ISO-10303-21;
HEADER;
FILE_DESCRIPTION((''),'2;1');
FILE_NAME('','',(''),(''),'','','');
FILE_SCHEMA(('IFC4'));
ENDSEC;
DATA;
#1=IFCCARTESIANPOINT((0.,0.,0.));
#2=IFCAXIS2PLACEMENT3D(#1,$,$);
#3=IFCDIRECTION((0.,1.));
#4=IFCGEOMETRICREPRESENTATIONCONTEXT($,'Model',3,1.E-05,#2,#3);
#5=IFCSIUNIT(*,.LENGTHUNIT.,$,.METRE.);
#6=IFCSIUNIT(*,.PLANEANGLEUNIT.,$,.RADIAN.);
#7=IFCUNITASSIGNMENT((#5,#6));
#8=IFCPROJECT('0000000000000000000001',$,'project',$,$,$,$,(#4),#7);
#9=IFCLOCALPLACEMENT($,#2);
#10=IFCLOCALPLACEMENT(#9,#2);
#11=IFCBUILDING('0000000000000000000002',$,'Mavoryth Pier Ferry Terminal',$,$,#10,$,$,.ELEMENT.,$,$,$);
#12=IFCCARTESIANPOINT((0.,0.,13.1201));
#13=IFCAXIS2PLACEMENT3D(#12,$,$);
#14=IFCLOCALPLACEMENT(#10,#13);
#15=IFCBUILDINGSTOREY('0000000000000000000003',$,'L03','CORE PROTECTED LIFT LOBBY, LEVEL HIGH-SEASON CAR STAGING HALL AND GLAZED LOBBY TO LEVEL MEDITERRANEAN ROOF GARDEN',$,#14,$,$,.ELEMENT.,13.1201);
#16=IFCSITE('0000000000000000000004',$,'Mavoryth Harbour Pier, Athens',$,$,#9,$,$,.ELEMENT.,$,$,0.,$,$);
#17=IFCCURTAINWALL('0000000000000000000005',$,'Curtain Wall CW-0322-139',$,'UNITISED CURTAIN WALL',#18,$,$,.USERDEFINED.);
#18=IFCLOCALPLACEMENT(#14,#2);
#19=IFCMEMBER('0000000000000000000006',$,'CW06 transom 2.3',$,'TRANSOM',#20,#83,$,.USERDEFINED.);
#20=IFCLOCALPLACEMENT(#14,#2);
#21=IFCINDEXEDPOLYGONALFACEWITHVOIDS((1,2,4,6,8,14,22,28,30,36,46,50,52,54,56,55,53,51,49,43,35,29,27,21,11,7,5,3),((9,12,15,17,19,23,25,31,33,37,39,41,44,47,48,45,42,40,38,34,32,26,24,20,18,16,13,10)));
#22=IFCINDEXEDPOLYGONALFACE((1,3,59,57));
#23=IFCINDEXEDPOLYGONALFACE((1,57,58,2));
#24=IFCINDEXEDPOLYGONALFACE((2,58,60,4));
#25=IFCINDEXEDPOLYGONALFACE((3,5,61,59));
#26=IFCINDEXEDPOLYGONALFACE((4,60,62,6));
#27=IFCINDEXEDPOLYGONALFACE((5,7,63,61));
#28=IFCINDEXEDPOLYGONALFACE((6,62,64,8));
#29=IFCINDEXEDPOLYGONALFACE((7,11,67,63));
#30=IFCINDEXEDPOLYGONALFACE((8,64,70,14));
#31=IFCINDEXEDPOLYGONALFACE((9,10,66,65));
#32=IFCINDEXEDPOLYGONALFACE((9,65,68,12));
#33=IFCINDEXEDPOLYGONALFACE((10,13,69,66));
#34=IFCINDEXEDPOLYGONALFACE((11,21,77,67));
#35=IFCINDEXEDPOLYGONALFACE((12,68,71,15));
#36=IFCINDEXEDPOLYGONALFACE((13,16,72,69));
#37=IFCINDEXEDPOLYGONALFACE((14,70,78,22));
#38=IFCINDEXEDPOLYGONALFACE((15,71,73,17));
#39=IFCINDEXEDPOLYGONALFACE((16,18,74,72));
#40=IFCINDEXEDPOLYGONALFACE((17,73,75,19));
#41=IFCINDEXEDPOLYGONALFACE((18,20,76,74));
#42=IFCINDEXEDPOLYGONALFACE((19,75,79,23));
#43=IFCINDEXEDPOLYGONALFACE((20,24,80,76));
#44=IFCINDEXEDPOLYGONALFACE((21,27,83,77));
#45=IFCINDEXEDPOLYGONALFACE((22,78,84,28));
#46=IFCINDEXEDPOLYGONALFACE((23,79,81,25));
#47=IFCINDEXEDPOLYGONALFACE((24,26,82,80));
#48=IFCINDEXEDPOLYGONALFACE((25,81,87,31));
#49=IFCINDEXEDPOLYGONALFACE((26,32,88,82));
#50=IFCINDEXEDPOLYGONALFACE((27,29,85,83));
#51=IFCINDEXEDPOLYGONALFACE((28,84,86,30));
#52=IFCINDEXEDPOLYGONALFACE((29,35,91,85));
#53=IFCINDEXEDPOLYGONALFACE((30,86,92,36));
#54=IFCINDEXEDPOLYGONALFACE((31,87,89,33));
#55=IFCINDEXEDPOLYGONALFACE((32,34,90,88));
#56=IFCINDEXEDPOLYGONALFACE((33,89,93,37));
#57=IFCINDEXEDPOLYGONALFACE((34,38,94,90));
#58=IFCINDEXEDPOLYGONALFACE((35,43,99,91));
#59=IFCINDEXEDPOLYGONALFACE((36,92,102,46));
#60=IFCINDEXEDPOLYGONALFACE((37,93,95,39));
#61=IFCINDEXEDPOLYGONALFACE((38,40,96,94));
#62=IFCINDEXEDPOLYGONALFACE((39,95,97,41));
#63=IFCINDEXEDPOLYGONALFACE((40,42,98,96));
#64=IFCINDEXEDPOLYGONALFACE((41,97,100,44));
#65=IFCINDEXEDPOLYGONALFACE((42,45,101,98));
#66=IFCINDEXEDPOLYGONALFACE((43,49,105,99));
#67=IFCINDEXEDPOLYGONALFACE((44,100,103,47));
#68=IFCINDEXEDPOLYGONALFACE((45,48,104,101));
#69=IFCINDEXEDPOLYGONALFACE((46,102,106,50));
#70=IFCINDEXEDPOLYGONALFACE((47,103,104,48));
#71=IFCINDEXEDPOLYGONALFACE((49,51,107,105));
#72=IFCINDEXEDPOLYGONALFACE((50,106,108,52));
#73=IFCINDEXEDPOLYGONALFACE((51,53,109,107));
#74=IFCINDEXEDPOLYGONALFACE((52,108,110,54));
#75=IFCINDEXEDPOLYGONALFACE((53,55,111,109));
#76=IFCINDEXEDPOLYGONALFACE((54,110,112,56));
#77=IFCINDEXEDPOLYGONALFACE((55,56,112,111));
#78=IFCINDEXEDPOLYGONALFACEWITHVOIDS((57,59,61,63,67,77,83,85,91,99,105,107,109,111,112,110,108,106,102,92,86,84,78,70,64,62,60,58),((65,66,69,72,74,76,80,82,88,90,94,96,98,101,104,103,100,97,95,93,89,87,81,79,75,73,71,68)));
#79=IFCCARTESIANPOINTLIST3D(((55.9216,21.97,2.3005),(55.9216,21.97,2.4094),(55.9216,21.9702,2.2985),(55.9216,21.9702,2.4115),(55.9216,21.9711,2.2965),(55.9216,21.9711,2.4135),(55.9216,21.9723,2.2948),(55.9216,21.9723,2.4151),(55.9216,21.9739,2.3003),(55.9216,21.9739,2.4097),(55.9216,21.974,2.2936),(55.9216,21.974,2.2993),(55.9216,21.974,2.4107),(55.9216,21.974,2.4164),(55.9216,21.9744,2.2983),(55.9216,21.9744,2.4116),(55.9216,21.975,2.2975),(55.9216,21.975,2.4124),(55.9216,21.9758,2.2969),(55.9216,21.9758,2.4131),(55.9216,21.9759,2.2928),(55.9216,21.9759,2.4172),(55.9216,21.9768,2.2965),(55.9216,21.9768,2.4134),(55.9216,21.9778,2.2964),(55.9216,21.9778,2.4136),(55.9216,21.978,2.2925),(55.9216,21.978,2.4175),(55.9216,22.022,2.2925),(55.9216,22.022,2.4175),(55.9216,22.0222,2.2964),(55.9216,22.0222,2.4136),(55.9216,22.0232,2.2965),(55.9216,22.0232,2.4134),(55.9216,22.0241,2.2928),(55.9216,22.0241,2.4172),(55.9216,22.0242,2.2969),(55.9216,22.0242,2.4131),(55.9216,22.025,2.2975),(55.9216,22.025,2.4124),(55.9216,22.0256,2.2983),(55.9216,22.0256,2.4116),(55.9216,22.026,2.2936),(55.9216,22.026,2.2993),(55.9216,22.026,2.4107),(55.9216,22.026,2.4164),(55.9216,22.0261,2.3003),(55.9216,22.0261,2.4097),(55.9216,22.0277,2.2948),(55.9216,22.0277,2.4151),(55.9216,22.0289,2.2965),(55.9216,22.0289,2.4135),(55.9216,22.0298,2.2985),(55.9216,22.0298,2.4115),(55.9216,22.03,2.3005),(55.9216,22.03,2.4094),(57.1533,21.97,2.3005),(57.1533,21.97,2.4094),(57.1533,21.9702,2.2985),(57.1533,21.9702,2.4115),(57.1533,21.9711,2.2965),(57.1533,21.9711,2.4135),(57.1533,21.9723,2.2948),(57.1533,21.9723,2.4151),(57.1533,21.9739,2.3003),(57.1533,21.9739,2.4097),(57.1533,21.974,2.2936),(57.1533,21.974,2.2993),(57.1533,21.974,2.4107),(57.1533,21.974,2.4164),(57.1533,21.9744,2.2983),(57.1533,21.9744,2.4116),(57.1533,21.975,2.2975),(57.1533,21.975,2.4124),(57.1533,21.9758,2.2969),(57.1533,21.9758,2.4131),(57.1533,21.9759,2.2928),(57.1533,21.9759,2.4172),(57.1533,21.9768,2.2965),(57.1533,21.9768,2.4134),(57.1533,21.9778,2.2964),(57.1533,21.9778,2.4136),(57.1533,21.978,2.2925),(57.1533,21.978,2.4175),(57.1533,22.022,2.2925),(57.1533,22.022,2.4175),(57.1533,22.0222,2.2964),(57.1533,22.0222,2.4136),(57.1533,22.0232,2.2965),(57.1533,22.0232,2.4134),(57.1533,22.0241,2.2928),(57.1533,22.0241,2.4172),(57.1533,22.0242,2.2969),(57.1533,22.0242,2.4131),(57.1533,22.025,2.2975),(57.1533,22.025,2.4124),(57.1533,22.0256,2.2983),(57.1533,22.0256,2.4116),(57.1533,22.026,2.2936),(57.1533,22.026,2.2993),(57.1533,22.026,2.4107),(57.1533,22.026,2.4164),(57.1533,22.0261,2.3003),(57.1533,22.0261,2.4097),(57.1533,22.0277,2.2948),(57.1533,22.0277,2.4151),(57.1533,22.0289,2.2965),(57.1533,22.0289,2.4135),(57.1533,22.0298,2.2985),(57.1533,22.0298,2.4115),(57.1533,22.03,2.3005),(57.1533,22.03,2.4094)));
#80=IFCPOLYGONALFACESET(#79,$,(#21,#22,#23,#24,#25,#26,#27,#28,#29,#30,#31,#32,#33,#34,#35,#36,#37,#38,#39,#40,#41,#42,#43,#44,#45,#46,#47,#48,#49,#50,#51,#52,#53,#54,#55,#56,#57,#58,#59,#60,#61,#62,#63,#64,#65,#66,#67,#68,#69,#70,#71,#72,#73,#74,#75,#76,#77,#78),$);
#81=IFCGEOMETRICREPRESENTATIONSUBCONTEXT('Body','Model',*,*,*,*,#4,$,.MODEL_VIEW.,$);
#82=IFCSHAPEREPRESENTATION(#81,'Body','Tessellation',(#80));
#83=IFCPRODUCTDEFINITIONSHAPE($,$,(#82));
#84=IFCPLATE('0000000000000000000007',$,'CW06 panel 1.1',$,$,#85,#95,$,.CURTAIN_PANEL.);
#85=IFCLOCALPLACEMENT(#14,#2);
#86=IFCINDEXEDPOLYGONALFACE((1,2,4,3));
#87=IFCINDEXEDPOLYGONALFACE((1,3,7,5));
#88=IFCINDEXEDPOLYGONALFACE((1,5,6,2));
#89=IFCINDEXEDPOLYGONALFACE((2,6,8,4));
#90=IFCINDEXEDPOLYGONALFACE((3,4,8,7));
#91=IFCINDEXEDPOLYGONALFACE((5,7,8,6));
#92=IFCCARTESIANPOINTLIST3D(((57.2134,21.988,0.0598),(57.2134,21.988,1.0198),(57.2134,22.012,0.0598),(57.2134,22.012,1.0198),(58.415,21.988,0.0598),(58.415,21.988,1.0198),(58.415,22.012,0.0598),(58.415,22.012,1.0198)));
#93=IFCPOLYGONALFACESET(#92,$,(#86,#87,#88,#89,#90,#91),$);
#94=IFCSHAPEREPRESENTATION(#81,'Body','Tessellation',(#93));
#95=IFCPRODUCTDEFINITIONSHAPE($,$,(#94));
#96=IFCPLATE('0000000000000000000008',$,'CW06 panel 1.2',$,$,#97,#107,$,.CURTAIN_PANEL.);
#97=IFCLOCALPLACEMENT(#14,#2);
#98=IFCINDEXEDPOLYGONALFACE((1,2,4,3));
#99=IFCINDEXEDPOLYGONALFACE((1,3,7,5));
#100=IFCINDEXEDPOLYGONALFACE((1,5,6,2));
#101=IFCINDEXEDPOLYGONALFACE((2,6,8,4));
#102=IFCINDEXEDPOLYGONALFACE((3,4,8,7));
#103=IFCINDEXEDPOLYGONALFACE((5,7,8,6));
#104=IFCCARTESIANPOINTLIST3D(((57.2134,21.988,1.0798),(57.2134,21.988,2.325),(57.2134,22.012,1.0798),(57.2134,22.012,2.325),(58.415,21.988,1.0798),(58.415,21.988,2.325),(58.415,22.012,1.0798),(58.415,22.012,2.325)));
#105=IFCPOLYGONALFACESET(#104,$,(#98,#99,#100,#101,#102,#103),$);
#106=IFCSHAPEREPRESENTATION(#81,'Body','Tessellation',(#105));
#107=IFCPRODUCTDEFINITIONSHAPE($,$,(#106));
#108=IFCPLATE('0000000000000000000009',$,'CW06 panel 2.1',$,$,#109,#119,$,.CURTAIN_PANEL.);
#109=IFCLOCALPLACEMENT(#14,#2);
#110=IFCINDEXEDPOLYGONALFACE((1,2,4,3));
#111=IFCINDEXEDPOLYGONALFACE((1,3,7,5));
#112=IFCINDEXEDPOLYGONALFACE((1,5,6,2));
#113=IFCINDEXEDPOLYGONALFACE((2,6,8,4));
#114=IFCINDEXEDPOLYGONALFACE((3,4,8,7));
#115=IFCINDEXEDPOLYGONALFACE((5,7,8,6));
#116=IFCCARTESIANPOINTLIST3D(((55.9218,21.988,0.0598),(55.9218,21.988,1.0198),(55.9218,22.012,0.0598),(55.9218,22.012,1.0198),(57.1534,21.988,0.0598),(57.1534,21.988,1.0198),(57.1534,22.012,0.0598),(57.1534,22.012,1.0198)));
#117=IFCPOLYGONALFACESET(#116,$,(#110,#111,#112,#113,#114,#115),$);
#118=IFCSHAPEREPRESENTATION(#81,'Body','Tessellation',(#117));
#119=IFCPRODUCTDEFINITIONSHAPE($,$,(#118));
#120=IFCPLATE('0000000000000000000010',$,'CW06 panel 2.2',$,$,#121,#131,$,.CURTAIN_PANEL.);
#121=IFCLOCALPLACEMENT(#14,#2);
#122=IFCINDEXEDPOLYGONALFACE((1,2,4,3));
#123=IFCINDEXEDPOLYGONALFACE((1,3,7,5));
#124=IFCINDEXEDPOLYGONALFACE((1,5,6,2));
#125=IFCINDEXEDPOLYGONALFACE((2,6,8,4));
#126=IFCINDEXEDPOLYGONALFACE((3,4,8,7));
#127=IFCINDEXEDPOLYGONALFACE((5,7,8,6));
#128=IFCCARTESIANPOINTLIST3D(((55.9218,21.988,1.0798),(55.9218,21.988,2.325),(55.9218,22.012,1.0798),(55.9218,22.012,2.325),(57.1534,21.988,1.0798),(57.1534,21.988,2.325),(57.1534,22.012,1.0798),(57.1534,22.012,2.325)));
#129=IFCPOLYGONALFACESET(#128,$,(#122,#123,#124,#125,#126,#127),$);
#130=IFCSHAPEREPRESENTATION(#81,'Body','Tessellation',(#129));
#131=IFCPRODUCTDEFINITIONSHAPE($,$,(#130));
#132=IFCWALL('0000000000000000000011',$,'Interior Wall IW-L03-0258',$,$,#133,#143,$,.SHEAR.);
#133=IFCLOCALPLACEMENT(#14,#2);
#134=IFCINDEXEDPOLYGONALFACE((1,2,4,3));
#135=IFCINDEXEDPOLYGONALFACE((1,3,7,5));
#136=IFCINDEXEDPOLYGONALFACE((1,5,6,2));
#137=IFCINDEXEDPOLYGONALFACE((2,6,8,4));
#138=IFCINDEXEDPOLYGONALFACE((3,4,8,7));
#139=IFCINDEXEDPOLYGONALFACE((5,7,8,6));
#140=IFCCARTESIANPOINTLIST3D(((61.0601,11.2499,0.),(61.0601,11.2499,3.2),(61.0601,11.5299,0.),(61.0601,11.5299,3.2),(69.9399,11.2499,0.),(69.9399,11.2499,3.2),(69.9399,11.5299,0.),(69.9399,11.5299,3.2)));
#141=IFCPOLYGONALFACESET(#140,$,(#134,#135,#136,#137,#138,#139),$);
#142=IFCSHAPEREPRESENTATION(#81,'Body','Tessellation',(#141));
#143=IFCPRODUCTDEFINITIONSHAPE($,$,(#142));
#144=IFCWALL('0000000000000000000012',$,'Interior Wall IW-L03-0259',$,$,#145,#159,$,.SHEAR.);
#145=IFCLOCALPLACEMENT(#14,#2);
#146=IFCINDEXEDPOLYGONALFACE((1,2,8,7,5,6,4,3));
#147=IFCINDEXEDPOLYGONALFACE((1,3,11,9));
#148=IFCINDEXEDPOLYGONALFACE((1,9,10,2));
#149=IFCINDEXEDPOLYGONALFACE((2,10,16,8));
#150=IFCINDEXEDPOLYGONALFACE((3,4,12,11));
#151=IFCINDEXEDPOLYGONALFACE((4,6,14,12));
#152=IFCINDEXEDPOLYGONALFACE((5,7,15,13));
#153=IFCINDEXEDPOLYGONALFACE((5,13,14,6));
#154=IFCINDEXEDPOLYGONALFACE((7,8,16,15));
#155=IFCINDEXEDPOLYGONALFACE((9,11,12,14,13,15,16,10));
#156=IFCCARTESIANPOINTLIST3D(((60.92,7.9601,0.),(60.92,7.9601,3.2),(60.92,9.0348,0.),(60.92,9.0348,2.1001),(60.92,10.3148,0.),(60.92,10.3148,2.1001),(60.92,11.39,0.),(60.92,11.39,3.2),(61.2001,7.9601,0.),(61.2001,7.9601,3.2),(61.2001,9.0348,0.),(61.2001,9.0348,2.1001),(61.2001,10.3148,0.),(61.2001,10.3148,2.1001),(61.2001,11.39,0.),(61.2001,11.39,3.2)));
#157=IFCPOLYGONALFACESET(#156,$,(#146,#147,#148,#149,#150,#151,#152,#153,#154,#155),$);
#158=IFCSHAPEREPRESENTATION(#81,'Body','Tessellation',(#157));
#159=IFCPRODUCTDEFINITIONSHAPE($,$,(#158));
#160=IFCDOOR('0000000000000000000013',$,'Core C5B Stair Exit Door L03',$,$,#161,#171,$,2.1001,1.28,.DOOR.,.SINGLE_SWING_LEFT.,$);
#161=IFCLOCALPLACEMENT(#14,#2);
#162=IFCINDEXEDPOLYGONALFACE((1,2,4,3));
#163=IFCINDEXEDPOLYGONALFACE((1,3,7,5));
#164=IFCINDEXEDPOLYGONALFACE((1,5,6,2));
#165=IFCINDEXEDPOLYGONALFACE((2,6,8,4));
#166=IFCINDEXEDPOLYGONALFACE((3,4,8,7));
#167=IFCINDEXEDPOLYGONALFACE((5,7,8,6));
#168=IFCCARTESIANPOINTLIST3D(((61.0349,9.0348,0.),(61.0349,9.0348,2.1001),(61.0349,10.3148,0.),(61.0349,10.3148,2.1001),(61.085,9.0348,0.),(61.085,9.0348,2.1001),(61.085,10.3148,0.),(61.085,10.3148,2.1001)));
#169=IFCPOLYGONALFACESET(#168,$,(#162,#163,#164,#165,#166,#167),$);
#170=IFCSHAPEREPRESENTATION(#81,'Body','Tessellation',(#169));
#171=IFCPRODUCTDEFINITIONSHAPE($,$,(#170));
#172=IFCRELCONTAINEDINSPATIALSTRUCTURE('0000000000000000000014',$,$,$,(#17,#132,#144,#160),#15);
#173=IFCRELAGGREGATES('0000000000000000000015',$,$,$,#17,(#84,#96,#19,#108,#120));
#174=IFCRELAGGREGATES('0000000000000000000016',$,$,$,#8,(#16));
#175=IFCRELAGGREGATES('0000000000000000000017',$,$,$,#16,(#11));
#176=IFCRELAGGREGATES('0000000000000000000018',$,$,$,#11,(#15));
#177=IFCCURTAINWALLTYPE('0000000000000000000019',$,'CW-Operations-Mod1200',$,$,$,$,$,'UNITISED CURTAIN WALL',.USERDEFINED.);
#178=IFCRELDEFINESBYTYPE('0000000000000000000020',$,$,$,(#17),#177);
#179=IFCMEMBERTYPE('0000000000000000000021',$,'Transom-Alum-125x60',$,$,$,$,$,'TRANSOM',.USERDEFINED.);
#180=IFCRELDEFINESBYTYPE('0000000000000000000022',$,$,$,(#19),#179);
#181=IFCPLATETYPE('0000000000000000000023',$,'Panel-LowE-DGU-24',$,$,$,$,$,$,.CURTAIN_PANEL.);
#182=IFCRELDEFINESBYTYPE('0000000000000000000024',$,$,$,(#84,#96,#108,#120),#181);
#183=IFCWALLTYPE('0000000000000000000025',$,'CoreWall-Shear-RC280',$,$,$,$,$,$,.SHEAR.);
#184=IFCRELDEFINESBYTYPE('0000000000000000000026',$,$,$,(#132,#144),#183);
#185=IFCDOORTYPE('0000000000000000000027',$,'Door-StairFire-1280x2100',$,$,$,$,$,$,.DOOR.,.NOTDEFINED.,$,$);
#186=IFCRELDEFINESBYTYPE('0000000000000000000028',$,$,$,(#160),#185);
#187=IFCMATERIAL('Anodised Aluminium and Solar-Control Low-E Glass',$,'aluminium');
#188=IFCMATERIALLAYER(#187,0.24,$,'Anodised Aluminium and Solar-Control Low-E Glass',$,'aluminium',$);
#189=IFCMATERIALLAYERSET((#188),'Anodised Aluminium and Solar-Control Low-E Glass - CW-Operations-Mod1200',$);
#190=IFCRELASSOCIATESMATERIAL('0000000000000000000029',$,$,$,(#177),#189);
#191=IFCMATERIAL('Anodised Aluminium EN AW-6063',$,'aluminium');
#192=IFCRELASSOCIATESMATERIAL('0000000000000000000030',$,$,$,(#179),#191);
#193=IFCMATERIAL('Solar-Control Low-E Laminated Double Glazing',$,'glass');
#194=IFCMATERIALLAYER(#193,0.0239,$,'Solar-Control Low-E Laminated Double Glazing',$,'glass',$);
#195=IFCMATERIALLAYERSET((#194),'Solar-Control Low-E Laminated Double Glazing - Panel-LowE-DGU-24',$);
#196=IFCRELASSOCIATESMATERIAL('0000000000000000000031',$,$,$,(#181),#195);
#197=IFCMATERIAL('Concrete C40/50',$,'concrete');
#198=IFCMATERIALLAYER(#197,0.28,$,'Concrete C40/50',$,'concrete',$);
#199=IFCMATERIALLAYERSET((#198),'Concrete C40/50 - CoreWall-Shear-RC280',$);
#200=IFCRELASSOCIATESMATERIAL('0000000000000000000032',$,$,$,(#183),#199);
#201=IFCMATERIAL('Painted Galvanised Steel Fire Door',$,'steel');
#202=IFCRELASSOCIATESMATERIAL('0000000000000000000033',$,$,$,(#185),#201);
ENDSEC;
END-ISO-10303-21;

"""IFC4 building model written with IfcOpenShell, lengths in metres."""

from ifc_helpers import new_model, si_unit, direction, frame, frame_2d, origin, origin_2d, place, context, subcontext, project, spatial, rectangle, hollow_rectangle, extrude, material, layer, layer_set, material_profile, profile_set, type_object, element, fill, aggregate, save


model = new_model("IFC4")

# Units and contexts
model_context = context("Model", 3, precision=1e-05, world=origin(), true_north=direction((0.0, 1.0)))
body_context = subcontext(model_context, "Body", "Model", "MODEL_VIEW")
ifc_project = project(units=[si_unit("LENGTHUNIT", "METRE"), si_unit("PLANEANGLEUNIT", "RADIAN")], contexts=[model_context])

# Site, building, storey
site_placement = place(None, origin())
site = spatial("IfcSite", under=ifc_project, at=site_placement, Name="Mavoryth Harbour Pier, Athens", CompositionType="ELEMENT", RefElevation=0.0)
building_placement = place(site_placement, origin())
building = spatial("IfcBuilding", under=site, at=building_placement, Name="Mavoryth Pier Ferry Terminal", CompositionType="ELEMENT")
storey_placement = place(building_placement, frame((0.0, 0.0, 13.1201)))
storey = spatial("IfcBuildingStorey", under=building, at=storey_placement, Name="L03", Description="CORE PROTECTED LIFT LOBBY, LEVEL HIGH-SEASON CAR STAGING HALL AND GLAZED LOBBY TO LEVEL MEDITERRANEAN ROOF GARDEN", CompositionType="ELEMENT", Elevation=13.1201)

# Shared definitions
ifc_material_1 = material(Name="Concrete C40/50", Category="concrete")

# Curtain wall, member, plates
ifc_material_2 = material(Name="Anodised Aluminium and Solar-Control Low-E Glass", Category="aluminium")
ifc_layer_1 = layer(ifc_material_2, 0.24, Name="Anodised Aluminium and Solar-Control Low-E Glass", Category="aluminium")
ifc_layer_set_1 = layer_set([ifc_layer_1], Name="Anodised Aluminium and Solar-Control Low-E Glass - CW-Operations-Mod1200")
curtain_wall_type = type_object("IfcCurtainWallType", Name="CW-Operations-Mod1200", ElementType="UNITISED CURTAIN WALL", PredefinedType="USERDEFINED", material=ifc_layer_set_1)
curtain_wall_placement = place(storey_placement, origin())
curtain_wall = element("IfcCurtainWall", 1, at=curtain_wall_placement, inside=storey, type_object=curtain_wall_type, Name="Curtain Wall CW-0322-139", ObjectType="UNITISED CURTAIN WALL", PredefinedType="USERDEFINED")
ifc_material_3 = material(Name="Anodised Aluminium EN AW-6063", Category="aluminium")
ifc_material_profile_1 = material_profile(ifc_material_3, hollow_rectangle(XDim=0.0601, YDim=0.125, WallThickness=0.0039, InnerFilletRadius=0.0039, OuterFilletRadius=0.0081, at=origin_2d()), Name="AL-TRAN 125x60x4", Category="aluminium")
ifc_profile_set_1 = profile_set([ifc_material_profile_1], Name="Anodised Aluminium EN AW-6063 - AL-TRAN 125x60x4")
member_type_1 = type_object("IfcMemberType", Name="Transom-Alum-125x60", ElementType="TRANSOM", PredefinedType="USERDEFINED", material=ifc_profile_set_1)
member_1_placement = place(storey_placement, frame((57.1533, 22.0, 2.355), z_axis=(-1.0, 0.0, 0.0), x_axis=(0.0, -1.0, 0.0)))
member_1 = element("IfcMember", 2, at=member_1_placement, type_object=member_type_1, Name="CW06 transom 2.3", ObjectType="TRANSOM", PredefinedType="USERDEFINED", context=body_context, shape_type="SweptSolid", body=[
    extrude(hollow_rectangle(XDim=0.0601, YDim=0.125, WallThickness=0.0039, InnerFilletRadius=0.0039, OuterFilletRadius=0.0081, at=origin_2d()), origin(), (0.0, 0.0, 1.0), 1.2317),
])
ifc_material_4 = material(Name="Solar-Control Low-E Laminated Double Glazing", Category="glass")
ifc_layer_2 = layer(ifc_material_4, 0.0239, Name="Solar-Control Low-E Laminated Double Glazing", Category="glass")
ifc_layer_set_2 = layer_set([ifc_layer_2], Name="Solar-Control Low-E Laminated Double Glazing - Panel-LowE-DGU-24")
plate_type = type_object("IfcPlateType", Name="Panel-LowE-DGU-24", PredefinedType="CURTAIN_PANEL", material=ifc_layer_set_2)
plate_1_placement = place(storey_placement, frame((57.8142, 22.0, 0.0598), z_axis=(0.0, 0.0, 1.0), x_axis=(-1.0, 0.0, 0.0)))
plate_1 = element("IfcPlate", 3, at=plate_1_placement, type_object=plate_type, Name="CW06 panel 1.1", PredefinedType="CURTAIN_PANEL", context=body_context, shape_type="SweptSolid", body=[
    extrude(rectangle(XDim=1.2017, YDim=0.0239, at=origin_2d()), origin(), (0.0, 0.0, 1.0), 0.96),
])
plate_2_placement = place(storey_placement, frame((57.8142, 22.0, 1.0798), z_axis=(0.0, 0.0, 1.0), x_axis=(-1.0, 0.0, 0.0)))
plate_2 = element("IfcPlate", 4, at=plate_2_placement, type_object=plate_type, Name="CW06 panel 1.2", PredefinedType="CURTAIN_PANEL", context=body_context, shape_type="SweptSolid", body=[
    extrude(rectangle(XDim=1.2017, YDim=0.0239, at=origin_2d()), origin(), (0.0, 0.0, 1.0), 1.2451),
])
plate_3_placement = place(storey_placement, frame((56.5376, 22.0, 0.0598), z_axis=(0.0, 0.0, 1.0), x_axis=(-1.0, 0.0, 0.0)))
plate_3 = element("IfcPlate", 5, at=plate_3_placement, type_object=plate_type, Name="CW06 panel 2.1", PredefinedType="CURTAIN_PANEL", context=body_context, shape_type="SweptSolid", body=[
    extrude(rectangle(XDim=1.2317, YDim=0.0239, at=origin_2d()), origin(), (0.0, 0.0, 1.0), 0.96),
])
plate_4_placement = place(storey_placement, frame((56.5376, 22.0, 1.0798), z_axis=(0.0, 0.0, 1.0), x_axis=(-1.0, 0.0, 0.0)))
plate_4 = element("IfcPlate", 6, at=plate_4_placement, type_object=plate_type, Name="CW06 panel 2.2", PredefinedType="CURTAIN_PANEL", context=body_context, shape_type="SweptSolid", body=[
    extrude(rectangle(XDim=1.2317, YDim=0.0239, at=origin_2d()), origin(), (0.0, 0.0, 1.0), 1.2451),
])
aggregate(curtain_wall, [plate_1, plate_2, member_1, plate_3, plate_4])

# Wall
ifc_layer_3 = layer(ifc_material_1, 0.28, Name="Concrete C40/50", Category="concrete")
ifc_layer_set_3 = layer_set([ifc_layer_3], Name="Concrete C40/50 - CoreWall-Shear-RC280")
wall_type_1 = type_object("IfcWallType", Name="CoreWall-Shear-RC280", PredefinedType="SHEAR", material=ifc_layer_set_3)
wall_1_placement = place(storey_placement, frame((61.0601, 11.3899, 0.0), z_axis=(0.0, 0.0, 1.0), x_axis=(1.0, 0.0, 0.0)))
element("IfcWall", 7, at=wall_1_placement, inside=storey, type_object=wall_type_1, Name="Interior Wall IW-L03-0258", PredefinedType="SHEAR", context=body_context, shape_type="SweptSolid", body=[
    extrude(rectangle(XDim=8.8799, YDim=0.28, at=frame_2d((4.4399, 0.0))), origin(), (0.0, 0.0, 1.0), 3.2),
])

# Wall, opening, door
wall_2_placement = place(storey_placement, frame((61.0601, 11.3899, 0.0), z_axis=(0.0, 0.0, 1.0), x_axis=(0.0, -1.0, 0.0)))
wall_2 = element("IfcWall", 8, at=wall_2_placement, inside=storey, type_object=wall_type_1, Name="Interior Wall IW-L03-0259", PredefinedType="SHEAR", context=body_context, shape_type="SweptSolid", body=[
    extrude(rectangle(XDim=3.4299, YDim=0.28, at=frame_2d((1.7148, 0.0))), origin(), (0.0, 0.0, 1.0), 3.2),
])
opening_1_placement = place(wall_2_placement, frame((1.075, 0.0, 0.0)))
opening_1 = element("IfcOpeningElement", 9, at=opening_1_placement, cuts=wall_2, PredefinedType="OPENING", context=body_context, shape_type="SweptSolid", body=[
    extrude(rectangle(XDim=1.28, YDim=2.1001, at=frame_2d((0.6401, 1.05))), frame((0.0, 0.1499, 0.0), z_axis=(0.0, -1.0, 0.0), x_axis=(1.0, 0.0, 0.0)), (0.0, 0.0, 1.0), 0.3),
])
ifc_material_5 = material(Name="Painted Galvanised Steel Fire Door", Category="steel")
door_type_1 = type_object("IfcDoorType", Name="Door-StairFire-1280x2100", OperationType="NOTDEFINED", PredefinedType="DOOR", material=ifc_material_5)
door_1_placement = place(opening_1_placement, origin())
door_1 = element("IfcDoor", 10, at=door_1_placement, inside=storey, type_object=door_type_1, Name="Core C5B Stair Exit Door L03", OperationType="SINGLE_SWING_LEFT", OverallHeight=2.1001, OverallWidth=1.28, PredefinedType="DOOR", context=body_context, shape_type="SweptSolid", body=[
    extrude(rectangle(XDim=1.28, YDim=2.1001, at=frame_2d((0.6401, 1.05))), frame((0.0, 0.0249, 0.0), z_axis=(0.0, -1.0, 0.0), x_axis=(1.0, 0.0, 0.0)), (0.0, 0.0, 1.0), 0.05),
])
fill(opening_1, door_1)

save(model, "model.ifc")
